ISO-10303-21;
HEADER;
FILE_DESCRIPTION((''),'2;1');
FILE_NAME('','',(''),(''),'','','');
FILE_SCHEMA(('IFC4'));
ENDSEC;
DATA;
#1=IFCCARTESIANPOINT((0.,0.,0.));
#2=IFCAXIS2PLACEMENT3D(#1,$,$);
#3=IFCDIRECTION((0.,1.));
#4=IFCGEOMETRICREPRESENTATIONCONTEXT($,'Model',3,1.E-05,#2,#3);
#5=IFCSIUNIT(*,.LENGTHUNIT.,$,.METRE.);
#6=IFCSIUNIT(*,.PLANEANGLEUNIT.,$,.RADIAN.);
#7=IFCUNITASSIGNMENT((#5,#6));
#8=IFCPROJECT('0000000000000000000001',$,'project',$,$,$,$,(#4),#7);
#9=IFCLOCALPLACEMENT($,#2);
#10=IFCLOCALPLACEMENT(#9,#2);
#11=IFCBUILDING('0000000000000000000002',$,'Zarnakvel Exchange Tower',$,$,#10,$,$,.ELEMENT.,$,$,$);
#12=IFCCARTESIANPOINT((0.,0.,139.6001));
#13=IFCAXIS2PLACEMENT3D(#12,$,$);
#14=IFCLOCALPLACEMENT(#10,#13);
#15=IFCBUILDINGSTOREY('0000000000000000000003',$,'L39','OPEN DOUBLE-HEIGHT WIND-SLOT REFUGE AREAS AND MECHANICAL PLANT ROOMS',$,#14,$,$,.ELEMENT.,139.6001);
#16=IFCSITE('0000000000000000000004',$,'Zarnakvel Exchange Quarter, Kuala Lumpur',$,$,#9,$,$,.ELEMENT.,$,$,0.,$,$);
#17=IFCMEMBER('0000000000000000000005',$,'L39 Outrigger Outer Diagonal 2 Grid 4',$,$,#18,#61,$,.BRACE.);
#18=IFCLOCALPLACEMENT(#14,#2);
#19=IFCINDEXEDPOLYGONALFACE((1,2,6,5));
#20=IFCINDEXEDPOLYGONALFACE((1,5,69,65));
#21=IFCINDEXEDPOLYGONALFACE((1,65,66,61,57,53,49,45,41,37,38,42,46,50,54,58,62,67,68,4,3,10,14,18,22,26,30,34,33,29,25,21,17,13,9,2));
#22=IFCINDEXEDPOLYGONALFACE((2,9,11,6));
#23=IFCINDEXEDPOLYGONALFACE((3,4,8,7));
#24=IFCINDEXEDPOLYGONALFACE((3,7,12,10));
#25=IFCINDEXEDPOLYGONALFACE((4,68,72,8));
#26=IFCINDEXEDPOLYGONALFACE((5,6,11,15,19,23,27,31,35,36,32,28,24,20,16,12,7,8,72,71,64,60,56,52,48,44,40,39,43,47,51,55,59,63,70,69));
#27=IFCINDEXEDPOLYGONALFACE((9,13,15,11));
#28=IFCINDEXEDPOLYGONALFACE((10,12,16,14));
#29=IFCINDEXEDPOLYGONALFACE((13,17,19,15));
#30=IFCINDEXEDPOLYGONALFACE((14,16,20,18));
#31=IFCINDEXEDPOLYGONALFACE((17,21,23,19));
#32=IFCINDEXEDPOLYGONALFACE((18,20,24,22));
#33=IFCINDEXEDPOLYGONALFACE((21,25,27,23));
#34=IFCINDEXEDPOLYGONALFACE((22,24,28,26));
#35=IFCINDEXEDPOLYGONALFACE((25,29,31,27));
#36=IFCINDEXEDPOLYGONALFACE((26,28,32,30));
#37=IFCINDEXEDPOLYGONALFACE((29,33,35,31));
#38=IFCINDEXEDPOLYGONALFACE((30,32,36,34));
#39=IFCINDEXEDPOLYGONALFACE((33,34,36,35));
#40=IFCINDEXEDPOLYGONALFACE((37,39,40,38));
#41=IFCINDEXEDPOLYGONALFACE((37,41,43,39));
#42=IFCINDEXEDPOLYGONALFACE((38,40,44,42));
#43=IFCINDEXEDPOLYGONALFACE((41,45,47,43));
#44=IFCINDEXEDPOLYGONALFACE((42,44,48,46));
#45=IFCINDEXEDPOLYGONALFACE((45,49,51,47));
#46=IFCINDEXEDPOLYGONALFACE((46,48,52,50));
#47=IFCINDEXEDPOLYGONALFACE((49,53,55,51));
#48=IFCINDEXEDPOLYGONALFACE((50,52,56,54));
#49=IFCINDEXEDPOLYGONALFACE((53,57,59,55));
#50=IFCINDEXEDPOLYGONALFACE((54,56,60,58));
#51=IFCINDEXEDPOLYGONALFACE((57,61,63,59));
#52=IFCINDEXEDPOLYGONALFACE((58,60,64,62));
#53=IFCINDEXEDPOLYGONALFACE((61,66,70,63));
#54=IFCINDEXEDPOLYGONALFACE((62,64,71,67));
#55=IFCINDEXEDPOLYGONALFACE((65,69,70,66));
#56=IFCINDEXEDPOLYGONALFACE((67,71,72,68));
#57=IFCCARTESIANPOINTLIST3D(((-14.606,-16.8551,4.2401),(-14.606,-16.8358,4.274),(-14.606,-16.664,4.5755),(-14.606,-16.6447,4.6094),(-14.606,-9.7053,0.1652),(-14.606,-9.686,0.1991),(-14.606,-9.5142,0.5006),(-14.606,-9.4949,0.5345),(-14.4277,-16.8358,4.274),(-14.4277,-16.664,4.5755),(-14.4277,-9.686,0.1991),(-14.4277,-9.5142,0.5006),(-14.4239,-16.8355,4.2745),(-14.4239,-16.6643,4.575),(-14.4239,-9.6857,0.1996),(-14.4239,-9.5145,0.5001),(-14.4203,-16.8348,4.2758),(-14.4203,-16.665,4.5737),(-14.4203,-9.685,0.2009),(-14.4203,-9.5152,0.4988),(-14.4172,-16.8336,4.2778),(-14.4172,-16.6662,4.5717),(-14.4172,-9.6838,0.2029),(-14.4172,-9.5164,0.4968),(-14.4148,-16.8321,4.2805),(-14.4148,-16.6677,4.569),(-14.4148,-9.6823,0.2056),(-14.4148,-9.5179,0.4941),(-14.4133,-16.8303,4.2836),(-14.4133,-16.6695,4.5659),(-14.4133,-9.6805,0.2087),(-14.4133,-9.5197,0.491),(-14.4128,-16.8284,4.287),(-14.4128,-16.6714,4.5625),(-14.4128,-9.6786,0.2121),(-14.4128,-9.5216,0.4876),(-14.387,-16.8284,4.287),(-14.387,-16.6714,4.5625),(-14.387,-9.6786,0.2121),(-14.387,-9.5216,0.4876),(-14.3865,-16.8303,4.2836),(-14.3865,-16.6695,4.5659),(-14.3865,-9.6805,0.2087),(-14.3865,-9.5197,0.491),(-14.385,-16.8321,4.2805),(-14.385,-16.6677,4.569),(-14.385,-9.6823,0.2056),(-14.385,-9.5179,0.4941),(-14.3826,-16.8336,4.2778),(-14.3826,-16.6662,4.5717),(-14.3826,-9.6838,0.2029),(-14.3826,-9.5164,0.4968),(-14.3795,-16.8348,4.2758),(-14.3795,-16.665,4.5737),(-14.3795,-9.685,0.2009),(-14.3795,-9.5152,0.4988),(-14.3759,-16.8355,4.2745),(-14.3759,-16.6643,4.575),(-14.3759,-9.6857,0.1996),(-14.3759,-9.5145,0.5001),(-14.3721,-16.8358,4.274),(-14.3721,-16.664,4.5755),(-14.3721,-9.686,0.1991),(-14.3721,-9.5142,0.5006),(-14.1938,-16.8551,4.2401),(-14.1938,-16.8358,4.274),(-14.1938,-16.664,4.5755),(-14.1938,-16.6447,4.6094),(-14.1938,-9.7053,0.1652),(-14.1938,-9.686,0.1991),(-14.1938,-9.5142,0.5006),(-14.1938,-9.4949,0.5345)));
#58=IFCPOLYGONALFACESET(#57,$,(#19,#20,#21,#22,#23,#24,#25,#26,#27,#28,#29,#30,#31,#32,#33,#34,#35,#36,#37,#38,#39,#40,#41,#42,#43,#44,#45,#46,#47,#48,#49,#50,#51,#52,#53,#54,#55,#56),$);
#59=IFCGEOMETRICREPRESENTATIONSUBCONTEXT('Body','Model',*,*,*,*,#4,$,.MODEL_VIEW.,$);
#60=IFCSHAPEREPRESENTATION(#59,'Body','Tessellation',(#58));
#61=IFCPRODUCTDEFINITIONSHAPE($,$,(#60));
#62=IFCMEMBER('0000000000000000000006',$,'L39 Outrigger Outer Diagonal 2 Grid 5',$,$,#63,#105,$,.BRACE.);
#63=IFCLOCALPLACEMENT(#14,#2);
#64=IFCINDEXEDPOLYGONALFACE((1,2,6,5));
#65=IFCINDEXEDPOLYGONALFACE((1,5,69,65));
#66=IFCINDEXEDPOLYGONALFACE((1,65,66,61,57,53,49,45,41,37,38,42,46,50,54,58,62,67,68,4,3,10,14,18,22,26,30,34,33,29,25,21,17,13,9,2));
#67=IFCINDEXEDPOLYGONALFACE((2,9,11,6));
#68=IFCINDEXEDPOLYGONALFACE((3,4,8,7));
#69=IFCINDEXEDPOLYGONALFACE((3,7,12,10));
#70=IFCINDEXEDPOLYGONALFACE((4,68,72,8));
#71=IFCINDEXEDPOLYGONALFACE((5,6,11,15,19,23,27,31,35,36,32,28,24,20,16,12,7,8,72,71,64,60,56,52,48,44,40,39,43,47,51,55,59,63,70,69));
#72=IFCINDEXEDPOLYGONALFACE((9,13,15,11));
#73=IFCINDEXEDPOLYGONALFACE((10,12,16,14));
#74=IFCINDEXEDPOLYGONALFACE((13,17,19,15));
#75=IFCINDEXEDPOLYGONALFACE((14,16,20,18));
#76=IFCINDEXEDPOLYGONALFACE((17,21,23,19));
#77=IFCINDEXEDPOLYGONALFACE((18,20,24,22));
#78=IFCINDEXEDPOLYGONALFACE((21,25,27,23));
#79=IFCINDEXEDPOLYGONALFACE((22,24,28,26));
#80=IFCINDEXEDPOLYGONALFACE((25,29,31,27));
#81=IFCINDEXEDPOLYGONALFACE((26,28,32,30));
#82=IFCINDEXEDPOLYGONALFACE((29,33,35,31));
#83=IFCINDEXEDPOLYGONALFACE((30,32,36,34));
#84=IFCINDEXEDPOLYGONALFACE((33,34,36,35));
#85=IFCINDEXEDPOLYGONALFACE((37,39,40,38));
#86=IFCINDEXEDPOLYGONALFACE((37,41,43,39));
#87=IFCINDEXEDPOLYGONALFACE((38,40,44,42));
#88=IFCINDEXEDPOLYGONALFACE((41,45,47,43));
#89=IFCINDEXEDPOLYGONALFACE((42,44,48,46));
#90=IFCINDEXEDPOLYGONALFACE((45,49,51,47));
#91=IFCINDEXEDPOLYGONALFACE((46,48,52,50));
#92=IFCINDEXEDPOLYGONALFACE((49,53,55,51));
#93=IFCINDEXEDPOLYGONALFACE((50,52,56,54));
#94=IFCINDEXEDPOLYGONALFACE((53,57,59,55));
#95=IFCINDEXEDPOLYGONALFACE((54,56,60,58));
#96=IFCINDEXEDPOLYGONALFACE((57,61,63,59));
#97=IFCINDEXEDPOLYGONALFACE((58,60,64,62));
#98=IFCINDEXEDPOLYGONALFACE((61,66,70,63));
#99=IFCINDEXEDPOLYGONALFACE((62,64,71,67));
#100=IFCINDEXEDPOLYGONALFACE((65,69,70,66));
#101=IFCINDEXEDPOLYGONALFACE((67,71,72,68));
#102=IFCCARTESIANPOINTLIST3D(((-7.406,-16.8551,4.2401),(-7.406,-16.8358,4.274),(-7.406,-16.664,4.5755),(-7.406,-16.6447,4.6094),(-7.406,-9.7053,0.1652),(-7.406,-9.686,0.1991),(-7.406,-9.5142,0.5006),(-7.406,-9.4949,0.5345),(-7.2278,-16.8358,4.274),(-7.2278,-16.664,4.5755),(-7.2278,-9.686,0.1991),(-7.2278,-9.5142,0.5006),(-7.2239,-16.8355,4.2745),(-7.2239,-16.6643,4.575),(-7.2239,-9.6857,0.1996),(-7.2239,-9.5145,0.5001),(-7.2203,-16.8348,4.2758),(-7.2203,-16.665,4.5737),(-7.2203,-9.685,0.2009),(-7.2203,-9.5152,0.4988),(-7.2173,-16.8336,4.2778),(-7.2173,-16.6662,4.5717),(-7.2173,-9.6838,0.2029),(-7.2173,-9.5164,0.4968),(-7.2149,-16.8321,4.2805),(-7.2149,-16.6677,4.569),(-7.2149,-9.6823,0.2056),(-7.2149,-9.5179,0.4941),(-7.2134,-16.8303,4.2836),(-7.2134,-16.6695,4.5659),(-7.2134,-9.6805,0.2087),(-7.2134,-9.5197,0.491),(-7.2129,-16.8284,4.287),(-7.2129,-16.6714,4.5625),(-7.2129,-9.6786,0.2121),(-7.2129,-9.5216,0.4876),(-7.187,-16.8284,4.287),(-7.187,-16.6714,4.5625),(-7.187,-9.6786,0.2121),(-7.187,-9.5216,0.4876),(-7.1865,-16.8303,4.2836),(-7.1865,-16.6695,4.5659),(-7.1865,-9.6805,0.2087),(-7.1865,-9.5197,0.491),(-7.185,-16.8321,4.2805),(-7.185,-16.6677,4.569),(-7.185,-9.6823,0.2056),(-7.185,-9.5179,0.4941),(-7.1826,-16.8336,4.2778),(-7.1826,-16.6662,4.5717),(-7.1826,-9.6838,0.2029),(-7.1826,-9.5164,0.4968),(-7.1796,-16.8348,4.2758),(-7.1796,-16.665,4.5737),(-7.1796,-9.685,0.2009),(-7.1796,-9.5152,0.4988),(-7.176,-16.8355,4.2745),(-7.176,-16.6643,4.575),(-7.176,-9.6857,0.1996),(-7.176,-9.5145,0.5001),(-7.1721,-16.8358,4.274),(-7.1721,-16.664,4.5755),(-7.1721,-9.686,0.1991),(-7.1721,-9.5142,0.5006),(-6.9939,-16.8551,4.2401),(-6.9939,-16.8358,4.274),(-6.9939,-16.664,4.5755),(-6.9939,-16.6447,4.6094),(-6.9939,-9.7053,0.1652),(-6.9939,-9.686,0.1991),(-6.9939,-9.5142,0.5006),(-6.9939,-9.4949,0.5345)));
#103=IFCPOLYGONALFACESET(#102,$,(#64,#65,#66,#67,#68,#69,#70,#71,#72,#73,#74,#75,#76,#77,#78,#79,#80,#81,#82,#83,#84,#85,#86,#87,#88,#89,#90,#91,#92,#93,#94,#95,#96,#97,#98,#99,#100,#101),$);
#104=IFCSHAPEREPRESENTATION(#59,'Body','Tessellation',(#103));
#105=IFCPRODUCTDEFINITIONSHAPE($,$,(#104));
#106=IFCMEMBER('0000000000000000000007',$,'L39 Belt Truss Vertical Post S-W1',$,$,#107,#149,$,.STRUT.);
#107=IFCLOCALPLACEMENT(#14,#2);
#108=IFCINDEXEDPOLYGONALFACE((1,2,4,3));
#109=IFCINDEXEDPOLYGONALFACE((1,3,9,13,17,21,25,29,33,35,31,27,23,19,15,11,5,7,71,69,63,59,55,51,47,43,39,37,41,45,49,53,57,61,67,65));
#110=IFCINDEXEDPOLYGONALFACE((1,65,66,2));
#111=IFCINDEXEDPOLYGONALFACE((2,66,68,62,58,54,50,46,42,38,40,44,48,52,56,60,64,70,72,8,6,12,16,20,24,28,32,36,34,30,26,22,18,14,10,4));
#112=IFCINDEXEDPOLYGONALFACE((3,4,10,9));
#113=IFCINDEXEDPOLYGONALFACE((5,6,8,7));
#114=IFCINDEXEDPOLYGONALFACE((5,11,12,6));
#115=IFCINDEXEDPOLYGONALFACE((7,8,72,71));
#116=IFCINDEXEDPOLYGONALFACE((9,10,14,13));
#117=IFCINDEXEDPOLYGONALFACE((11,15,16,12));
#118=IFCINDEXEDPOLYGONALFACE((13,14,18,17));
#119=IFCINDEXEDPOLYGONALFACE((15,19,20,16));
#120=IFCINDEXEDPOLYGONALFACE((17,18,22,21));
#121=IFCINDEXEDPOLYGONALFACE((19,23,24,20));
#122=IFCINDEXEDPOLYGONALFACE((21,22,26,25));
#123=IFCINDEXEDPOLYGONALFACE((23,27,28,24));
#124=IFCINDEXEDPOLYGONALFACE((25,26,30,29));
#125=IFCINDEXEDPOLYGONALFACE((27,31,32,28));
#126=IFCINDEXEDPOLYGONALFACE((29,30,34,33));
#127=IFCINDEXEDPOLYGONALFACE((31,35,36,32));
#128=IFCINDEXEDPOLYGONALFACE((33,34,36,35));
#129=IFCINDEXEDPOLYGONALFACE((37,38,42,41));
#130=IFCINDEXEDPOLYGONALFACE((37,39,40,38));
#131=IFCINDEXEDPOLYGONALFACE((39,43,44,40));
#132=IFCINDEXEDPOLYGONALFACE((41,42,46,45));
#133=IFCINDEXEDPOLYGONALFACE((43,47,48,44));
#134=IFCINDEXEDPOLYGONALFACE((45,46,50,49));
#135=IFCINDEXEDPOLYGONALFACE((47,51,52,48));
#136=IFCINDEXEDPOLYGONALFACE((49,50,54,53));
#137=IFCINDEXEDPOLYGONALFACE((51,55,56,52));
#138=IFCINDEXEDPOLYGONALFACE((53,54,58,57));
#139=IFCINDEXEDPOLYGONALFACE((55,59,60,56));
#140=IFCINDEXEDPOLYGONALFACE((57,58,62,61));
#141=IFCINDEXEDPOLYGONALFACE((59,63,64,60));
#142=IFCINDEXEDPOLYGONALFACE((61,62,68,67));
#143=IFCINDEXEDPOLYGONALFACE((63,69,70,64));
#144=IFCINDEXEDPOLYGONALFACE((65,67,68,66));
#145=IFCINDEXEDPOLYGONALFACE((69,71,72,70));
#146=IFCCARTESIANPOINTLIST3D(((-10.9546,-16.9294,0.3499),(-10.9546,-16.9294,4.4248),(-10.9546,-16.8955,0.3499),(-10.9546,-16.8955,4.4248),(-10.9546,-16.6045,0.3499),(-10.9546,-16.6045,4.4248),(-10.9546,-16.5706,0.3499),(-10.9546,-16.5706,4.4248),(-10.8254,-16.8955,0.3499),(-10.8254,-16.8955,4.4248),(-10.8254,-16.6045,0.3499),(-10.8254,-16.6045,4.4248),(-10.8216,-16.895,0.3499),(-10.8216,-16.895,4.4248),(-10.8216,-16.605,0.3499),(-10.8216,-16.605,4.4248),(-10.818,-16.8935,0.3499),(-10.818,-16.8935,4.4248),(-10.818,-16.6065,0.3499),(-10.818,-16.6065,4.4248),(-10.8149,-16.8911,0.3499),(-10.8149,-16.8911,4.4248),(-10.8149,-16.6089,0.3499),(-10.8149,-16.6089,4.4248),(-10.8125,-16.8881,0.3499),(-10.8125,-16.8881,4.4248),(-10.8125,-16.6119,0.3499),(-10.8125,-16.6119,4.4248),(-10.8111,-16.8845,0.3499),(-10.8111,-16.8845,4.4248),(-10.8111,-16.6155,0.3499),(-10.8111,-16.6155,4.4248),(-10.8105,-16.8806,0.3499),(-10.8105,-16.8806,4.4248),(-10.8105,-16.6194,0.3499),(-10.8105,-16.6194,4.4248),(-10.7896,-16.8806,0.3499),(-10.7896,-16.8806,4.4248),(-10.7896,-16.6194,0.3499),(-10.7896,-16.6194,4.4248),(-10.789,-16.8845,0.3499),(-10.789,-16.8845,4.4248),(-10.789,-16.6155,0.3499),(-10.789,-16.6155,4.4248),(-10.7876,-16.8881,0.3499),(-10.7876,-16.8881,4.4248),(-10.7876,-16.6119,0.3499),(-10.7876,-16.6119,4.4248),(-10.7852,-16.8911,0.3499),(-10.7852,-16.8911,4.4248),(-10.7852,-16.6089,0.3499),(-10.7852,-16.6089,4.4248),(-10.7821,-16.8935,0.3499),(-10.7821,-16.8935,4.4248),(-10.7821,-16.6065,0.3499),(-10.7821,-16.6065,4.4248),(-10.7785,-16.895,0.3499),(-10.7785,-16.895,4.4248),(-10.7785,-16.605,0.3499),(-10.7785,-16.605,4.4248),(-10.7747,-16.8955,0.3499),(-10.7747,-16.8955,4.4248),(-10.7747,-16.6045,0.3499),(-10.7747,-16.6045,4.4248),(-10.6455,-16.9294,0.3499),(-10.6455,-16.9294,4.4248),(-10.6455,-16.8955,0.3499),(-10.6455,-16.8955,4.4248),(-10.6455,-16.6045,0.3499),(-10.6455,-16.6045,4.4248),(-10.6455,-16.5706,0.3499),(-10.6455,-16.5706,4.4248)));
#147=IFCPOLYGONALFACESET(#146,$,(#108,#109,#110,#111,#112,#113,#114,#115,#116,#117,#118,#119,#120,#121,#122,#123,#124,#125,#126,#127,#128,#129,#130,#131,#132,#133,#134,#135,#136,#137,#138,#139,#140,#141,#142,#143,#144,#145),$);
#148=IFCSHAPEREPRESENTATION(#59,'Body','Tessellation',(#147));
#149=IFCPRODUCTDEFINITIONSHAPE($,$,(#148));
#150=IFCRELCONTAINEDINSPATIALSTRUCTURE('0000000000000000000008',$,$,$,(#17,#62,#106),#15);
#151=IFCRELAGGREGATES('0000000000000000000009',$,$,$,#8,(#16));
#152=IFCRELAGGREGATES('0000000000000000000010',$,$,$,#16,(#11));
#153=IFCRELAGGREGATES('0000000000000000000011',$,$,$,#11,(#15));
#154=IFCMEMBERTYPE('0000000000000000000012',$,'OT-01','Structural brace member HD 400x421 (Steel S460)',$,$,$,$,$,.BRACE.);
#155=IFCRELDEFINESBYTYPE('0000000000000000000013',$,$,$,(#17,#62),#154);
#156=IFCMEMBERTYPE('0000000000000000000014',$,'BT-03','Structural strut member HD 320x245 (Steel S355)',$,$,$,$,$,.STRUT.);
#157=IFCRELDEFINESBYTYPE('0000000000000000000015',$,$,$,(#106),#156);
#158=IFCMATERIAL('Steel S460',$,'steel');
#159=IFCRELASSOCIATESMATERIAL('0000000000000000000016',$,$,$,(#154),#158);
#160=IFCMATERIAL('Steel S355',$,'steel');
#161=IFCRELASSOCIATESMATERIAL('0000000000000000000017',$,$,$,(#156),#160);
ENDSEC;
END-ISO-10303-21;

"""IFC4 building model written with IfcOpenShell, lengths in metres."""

from ifc_helpers import new_model, si_unit, direction, frame, origin, origin_2d, place, context, subcontext, project, spatial, i_section, extrude, source, transform, mapped, material, material_profile, profile_set, type_object, element, save


model = new_model("IFC4")

# Units and contexts
model_context = context("Model", 3, precision=1e-05, world=origin(), true_north=direction((0.0, 1.0)))
body_context = subcontext(model_context, "Body", "Model", "MODEL_VIEW")
ifc_project = project(units=[si_unit("LENGTHUNIT", "METRE"), si_unit("PLANEANGLEUNIT", "RADIAN")], contexts=[model_context])

# Site, building, storey
site_placement = place(None, origin())
site = spatial("IfcSite", under=ifc_project, at=site_placement, Name="Zarnakvel Exchange Quarter, Kuala Lumpur", CompositionType="ELEMENT", RefElevation=0.0)
building_placement = place(site_placement, origin())
building = spatial("IfcBuilding", under=site, at=building_placement, Name="Zarnakvel Exchange Tower", CompositionType="ELEMENT")
storey_placement = place(building_placement, frame((0.0, 0.0, 139.6001)))
storey = spatial("IfcBuildingStorey", under=building, at=storey_placement, Name="L39", Description="OPEN DOUBLE-HEIGHT WIND-SLOT REFUGE AREAS AND MECHANICAL PLANT ROOMS", CompositionType="ELEMENT", Elevation=139.6001)

# Shared definitions
ifc_material_1 = material(Name="Steel S355", Category="steel")
ifc_material_2 = material(Name="Steel S460", Category="steel")

# Members
ifc_material_profile_1 = material_profile(ifc_material_2, i_section(OverallWidth=0.4121, OverallDepth=0.425, WebThickness=0.0259, FlangeThickness=0.0391, FilletRadius=0.0149, at=origin_2d()))
ifc_profile_set_1 = profile_set([ifc_material_profile_1], Name="Steel S460")
member_type_1 = type_object("IfcMemberType", Name="OT-01", Description="Structural brace member HD 400x421 (Steel S460)", PredefinedType="BRACE", material=ifc_profile_set_1)
shared_shape_1 = source(origin(), body_context, "Body", "SweptSolid", [
    extrude(i_section(OverallWidth=0.4121, OverallDepth=0.425, WebThickness=0.0259, FlangeThickness=0.0391, FilletRadius=0.0149, at=origin_2d()), origin(), (0.0, 0.0, 1.0), 8.2295),
])
for number, where, z_axis, x_axis, name in (
    (1, (-14.3999, -9.6001, 0.3499), (0.0, -0.868803, 0.495158), (1.0, 0.0, 0.0), "L39 Outrigger Outer Diagonal 2 Grid 4"),
    (2, (-7.2, -9.6001, 0.3499), (0.0, -0.868803, 0.495158), (1.0, 0.0, 0.0), "L39 Outrigger Outer Diagonal 2 Grid 5"),
):
    element("IfcMember", number, at=place(storey_placement, frame(where, z_axis=z_axis, x_axis=x_axis)), inside=storey, type_object=member_type_1, Name=name, PredefinedType="BRACE", context=body_context, shape_type="MappedRepresentation", body=[
        mapped(shared_shape_1, transform((0.0, 0.0, 0.0), x_axis=(1.0, 0.0, 0.0), y_axis=(0.0, 1.0, 0.0), z_axis=(0.0, 0.0, 1.0), scale=1.0)),
    ])
ifc_material_profile_2 = material_profile(ifc_material_1, i_section(OverallWidth=0.3091, OverallDepth=0.3589, WebThickness=0.021, FlangeThickness=0.0339, FilletRadius=0.0149, at=origin_2d()))
ifc_profile_set_2 = profile_set([ifc_material_profile_2], Name="Steel S355")
member_type_2 = type_object("IfcMemberType", Name="BT-03", Description="Structural strut member HD 320x245 (Steel S355)", PredefinedType="STRUT", material=ifc_profile_set_2)
shared_shape_2 = source(origin(), body_context, "Body", "SweptSolid", [
    extrude(i_section(OverallWidth=0.3091, OverallDepth=0.3589, WebThickness=0.021, FlangeThickness=0.0339, FilletRadius=0.0149, at=origin_2d()), origin(), (0.0, 0.0, 1.0), 4.075),
])
member_1_placement = place(storey_placement, frame((-10.8, -16.75, 0.3499), z_axis=(0.0, 0.0, 1.0), x_axis=(1.0, 0.0, 0.0)))
element("IfcMember", 3, at=member_1_placement, inside=storey, type_object=member_type_2, Name="L39 Belt Truss Vertical Post S-W1", PredefinedType="STRUT", context=body_context, shape_type="MappedRepresentation", body=[
    mapped(shared_shape_2, transform((0.0, 0.0, 0.0), x_axis=(1.0, 0.0, 0.0), y_axis=(0.0, 1.0, 0.0), z_axis=(0.0, 0.0, 1.0), scale=1.0)),
])

save(model, "model.ifc")
